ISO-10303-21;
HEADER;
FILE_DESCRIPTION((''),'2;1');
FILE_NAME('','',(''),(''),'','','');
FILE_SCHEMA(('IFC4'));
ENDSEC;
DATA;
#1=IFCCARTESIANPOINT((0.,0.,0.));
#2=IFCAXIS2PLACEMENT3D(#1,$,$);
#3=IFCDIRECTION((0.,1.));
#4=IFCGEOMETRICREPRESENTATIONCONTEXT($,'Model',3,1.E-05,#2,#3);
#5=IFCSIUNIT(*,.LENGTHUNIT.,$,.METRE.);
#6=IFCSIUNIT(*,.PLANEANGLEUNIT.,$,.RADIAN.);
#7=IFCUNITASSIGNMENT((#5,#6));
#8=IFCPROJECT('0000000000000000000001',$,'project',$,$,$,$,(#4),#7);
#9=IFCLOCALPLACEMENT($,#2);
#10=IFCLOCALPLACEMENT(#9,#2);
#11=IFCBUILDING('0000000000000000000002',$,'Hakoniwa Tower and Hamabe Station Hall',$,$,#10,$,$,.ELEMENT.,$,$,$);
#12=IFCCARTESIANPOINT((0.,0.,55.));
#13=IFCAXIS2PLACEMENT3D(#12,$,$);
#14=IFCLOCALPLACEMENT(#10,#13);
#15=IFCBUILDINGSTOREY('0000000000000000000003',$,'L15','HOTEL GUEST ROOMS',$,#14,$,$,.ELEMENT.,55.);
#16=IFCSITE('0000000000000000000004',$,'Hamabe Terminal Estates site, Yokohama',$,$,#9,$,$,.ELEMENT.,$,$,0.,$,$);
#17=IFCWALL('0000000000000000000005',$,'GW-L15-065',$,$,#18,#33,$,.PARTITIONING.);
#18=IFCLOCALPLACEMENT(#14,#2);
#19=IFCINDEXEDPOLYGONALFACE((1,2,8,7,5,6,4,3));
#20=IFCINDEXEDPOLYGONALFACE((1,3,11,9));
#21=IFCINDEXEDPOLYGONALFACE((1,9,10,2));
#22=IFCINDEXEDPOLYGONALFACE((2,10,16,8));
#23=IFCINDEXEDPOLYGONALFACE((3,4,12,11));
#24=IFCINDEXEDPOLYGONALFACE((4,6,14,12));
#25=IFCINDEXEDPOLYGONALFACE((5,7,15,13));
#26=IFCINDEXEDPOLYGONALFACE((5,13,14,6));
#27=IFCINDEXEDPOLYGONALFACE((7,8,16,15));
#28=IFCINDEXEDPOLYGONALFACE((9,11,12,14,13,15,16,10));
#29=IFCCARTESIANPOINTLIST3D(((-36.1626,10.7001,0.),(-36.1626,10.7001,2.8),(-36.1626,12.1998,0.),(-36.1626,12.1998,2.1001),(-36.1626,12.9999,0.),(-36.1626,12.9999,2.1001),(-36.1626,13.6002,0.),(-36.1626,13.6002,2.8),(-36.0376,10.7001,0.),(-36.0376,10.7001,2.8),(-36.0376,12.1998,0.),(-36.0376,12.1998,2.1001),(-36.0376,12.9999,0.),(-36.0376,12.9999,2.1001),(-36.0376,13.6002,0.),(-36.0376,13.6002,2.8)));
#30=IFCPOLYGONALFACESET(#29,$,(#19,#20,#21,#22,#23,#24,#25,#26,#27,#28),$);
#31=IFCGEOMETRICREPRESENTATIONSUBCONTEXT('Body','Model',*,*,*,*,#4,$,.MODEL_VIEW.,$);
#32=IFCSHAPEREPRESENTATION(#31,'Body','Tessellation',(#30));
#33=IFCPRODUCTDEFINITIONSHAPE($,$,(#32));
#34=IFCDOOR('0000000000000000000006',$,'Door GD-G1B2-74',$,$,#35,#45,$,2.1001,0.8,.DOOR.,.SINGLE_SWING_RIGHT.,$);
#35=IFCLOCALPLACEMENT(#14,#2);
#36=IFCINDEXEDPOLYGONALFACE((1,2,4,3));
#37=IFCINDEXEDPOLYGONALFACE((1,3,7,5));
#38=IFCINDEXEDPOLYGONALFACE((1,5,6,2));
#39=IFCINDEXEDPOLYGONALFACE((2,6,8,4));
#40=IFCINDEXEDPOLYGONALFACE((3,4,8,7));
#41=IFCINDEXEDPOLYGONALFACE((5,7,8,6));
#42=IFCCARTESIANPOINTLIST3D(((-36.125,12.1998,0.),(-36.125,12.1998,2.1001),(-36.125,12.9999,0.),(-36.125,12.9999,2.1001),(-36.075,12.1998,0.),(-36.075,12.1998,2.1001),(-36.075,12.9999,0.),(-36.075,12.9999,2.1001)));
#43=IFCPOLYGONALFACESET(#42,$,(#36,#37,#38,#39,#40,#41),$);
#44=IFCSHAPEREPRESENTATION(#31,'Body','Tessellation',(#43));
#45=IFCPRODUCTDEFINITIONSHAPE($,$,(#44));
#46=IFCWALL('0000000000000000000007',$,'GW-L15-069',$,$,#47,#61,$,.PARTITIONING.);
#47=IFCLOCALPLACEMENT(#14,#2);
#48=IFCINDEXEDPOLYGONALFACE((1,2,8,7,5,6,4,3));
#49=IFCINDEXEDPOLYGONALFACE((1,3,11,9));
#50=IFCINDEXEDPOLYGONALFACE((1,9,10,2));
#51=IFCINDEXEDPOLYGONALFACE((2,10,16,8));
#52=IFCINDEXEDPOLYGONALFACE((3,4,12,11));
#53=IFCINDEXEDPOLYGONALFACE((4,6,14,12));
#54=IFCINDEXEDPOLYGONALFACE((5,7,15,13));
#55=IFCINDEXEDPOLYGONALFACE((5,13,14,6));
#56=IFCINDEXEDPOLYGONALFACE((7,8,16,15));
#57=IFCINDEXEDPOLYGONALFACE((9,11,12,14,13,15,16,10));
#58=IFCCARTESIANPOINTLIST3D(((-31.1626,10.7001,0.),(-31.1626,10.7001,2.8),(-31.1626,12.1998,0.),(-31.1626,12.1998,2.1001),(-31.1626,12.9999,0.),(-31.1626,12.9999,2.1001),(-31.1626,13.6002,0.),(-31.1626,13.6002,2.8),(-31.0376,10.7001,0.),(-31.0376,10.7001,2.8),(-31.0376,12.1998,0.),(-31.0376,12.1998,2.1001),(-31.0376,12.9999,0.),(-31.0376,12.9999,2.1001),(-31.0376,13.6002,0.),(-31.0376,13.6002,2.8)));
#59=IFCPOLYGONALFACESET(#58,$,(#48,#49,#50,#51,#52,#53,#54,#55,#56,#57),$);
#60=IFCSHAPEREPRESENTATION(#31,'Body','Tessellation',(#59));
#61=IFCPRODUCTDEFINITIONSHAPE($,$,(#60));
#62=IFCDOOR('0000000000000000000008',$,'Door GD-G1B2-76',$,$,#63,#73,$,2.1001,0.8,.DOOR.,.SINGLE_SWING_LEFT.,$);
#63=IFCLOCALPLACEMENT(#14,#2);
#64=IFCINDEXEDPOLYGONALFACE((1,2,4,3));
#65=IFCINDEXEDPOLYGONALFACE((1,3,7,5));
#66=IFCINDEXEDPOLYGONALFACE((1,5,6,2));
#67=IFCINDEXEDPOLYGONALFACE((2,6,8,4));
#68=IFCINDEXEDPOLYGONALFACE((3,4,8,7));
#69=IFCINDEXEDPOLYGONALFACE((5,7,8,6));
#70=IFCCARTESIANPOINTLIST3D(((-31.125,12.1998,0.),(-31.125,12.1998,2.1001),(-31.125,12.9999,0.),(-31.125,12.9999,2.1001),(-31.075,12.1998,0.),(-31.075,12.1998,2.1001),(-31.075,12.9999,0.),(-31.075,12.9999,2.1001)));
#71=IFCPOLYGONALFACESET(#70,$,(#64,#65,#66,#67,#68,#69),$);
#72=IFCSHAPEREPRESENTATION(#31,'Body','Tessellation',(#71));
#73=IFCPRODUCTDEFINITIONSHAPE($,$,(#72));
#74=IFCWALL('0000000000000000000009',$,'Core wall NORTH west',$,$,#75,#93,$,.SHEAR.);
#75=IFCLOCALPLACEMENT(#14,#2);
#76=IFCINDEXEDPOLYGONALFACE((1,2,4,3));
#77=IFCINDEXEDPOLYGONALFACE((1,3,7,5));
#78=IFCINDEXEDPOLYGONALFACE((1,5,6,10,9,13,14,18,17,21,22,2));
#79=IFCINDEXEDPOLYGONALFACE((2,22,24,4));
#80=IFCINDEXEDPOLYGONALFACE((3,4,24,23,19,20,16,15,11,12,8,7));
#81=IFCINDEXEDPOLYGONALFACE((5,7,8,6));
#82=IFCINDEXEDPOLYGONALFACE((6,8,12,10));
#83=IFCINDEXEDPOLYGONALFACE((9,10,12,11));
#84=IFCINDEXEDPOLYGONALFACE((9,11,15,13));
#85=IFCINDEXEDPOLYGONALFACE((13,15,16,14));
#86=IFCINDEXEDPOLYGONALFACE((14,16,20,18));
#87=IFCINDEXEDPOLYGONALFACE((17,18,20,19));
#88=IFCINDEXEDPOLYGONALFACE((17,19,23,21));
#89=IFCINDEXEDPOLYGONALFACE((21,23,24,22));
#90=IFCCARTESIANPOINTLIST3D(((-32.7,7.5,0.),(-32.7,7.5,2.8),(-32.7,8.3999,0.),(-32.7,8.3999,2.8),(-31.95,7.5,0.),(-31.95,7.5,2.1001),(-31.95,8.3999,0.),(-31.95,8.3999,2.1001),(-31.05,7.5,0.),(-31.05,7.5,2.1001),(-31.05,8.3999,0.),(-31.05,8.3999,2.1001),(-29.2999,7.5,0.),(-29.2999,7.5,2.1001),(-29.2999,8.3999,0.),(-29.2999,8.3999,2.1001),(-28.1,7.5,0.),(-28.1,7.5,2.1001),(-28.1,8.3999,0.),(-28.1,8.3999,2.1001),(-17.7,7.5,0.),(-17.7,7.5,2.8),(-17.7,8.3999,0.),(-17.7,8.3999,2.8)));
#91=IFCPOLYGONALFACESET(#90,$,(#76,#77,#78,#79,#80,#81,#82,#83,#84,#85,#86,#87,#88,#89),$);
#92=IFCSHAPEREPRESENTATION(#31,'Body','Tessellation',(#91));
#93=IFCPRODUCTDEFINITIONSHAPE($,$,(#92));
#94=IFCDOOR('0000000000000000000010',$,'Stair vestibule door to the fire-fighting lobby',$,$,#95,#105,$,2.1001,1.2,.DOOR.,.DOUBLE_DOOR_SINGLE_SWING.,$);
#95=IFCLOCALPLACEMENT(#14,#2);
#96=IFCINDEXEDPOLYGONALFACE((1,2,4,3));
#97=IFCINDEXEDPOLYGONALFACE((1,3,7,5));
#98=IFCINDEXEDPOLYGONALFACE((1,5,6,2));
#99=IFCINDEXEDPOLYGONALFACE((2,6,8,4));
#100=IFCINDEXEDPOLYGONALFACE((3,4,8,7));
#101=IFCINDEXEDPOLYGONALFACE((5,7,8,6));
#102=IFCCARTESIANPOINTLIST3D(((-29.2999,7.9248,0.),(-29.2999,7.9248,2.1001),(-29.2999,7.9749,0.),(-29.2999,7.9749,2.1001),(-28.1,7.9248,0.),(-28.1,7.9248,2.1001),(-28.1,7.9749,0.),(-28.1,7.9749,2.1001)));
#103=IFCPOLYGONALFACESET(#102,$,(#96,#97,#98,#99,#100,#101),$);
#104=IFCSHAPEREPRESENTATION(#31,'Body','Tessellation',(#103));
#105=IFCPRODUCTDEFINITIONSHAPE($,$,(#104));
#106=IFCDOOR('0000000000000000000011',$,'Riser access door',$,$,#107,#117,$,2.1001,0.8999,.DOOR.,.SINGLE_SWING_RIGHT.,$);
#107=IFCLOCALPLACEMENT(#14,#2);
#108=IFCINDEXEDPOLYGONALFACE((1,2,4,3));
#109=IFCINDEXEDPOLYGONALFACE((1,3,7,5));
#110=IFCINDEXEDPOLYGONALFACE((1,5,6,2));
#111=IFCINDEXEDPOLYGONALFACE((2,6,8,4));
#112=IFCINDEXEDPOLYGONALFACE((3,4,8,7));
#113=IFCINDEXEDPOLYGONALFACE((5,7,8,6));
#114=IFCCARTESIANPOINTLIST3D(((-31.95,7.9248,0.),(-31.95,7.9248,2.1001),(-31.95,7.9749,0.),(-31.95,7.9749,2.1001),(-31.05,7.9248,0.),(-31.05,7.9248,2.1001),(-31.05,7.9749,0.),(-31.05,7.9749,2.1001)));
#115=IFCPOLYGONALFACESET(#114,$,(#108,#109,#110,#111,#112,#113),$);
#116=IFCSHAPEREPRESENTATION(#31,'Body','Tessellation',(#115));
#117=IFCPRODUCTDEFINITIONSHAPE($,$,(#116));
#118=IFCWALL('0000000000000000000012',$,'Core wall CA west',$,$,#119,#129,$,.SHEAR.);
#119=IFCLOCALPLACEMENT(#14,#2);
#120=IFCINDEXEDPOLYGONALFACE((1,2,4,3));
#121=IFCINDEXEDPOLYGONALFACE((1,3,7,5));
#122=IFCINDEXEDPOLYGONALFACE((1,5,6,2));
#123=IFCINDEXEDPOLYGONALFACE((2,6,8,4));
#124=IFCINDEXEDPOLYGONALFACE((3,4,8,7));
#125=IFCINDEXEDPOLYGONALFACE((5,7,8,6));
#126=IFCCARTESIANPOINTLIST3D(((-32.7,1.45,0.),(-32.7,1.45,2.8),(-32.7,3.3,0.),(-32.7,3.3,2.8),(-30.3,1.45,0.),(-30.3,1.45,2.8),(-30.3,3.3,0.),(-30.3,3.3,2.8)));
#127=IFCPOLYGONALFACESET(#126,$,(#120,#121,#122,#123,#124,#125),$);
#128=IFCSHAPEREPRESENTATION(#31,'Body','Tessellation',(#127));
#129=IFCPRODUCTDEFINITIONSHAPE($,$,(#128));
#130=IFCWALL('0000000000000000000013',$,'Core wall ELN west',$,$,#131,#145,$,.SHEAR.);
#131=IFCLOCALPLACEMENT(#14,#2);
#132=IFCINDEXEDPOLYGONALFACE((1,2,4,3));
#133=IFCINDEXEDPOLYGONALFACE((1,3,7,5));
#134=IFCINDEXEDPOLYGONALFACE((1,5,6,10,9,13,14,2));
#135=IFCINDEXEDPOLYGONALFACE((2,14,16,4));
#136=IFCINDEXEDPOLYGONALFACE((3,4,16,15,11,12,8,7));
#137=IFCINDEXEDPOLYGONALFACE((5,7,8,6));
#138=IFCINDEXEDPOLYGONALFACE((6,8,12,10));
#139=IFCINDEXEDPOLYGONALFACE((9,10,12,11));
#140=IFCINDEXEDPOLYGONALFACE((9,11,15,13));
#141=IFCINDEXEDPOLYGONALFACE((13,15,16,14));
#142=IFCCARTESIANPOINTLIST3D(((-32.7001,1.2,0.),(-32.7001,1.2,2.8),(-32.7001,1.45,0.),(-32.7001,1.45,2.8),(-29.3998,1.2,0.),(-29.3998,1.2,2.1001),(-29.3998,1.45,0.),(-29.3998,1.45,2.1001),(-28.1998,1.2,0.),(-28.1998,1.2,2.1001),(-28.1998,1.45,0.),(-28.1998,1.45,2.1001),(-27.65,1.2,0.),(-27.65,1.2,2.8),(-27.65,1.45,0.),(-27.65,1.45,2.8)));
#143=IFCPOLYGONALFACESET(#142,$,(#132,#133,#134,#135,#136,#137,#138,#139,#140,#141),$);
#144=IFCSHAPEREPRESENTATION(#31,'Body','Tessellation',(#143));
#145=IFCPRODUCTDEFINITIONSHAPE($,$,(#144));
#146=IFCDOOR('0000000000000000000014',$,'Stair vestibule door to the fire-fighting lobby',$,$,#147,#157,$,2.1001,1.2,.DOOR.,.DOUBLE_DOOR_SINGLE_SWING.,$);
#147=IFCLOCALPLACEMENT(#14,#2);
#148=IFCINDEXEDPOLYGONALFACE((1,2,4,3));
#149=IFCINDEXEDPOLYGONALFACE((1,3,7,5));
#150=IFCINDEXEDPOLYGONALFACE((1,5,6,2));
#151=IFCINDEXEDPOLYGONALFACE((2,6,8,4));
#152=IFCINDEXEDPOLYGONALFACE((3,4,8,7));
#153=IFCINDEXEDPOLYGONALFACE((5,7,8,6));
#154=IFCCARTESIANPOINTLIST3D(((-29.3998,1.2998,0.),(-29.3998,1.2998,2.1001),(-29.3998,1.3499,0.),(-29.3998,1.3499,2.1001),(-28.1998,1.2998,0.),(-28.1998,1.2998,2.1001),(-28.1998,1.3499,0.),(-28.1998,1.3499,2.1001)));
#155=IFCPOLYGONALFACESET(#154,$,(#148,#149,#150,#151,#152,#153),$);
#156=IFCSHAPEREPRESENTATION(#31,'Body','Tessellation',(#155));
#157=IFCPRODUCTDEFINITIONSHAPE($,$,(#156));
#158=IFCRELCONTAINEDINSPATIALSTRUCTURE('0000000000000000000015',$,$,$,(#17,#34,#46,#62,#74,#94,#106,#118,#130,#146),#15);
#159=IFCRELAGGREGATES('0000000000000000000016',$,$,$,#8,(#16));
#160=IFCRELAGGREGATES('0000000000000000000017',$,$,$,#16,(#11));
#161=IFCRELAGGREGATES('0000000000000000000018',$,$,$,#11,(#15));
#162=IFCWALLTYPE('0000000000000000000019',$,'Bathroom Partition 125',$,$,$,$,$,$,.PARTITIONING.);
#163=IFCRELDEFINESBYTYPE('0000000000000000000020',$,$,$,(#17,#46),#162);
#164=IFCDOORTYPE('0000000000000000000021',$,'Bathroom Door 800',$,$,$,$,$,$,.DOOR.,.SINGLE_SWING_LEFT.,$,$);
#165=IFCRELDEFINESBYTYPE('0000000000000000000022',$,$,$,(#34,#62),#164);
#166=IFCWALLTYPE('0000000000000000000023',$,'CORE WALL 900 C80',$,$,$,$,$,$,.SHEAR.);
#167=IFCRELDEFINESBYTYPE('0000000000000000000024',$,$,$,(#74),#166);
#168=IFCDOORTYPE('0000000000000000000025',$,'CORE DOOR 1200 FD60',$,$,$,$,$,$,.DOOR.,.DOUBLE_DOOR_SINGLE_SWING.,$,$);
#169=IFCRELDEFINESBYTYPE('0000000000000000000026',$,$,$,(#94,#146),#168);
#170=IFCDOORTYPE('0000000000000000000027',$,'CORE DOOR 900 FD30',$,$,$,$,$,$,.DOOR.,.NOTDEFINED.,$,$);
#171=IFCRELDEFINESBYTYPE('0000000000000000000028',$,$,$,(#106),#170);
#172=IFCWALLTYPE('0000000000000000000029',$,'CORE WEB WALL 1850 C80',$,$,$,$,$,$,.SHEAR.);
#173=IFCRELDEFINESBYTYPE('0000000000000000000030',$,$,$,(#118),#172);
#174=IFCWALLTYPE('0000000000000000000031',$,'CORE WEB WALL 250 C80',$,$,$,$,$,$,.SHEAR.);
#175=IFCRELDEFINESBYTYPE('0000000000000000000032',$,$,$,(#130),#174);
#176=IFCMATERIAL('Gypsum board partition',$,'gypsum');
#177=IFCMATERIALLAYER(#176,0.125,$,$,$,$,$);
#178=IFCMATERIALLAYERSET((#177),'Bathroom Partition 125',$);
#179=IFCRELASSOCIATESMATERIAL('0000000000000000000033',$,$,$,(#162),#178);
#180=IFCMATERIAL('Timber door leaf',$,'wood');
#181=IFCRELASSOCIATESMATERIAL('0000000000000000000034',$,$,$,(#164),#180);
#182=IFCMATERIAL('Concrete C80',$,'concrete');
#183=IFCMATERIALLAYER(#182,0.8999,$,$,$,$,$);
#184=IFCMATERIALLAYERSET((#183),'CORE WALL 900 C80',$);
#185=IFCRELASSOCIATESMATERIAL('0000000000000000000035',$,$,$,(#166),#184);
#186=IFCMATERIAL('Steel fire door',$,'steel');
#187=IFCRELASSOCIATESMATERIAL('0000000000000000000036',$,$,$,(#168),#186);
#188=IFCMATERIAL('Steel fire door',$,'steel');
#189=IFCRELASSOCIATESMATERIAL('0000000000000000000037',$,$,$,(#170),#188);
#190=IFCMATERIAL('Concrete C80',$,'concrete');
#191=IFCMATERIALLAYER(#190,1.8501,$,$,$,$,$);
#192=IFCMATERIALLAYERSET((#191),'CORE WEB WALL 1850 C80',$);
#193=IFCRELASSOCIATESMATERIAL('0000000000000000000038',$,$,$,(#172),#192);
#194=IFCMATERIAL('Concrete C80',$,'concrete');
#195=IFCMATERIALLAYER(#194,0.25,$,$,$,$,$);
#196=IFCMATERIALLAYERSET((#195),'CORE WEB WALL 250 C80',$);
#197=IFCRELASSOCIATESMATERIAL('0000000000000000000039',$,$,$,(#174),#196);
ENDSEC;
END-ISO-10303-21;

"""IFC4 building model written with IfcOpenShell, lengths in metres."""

from ifc_helpers import new_model, si_unit, direction, frame, frame_2d, origin, place, context, subcontext, project, spatial, rectangle, extrude, material, layer, layer_set, type_object, element, fill, save


model = new_model("IFC4")

# Units and contexts
model_context = context("Model", 3, precision=1e-05, world=origin(), true_north=direction((0.0, 1.0)))
body_context = subcontext(model_context, "Body", "Model", "MODEL_VIEW")
ifc_project = project(units=[si_unit("LENGTHUNIT", "METRE"), si_unit("PLANEANGLEUNIT", "RADIAN")], contexts=[model_context])

# Site, building, storey
site_placement = place(None, origin())
site = spatial("IfcSite", under=ifc_project, at=site_placement, Name="Hamabe Terminal Estates site, Yokohama", CompositionType="ELEMENT", RefElevation=0.0)
building_placement = place(site_placement, origin())
building = spatial("IfcBuilding", under=site, at=building_placement, Name="Hakoniwa Tower and Hamabe Station Hall", CompositionType="ELEMENT")
storey_placement = place(building_placement, frame((0.0, 0.0, 55.0)))
storey = spatial("IfcBuildingStorey", under=building, at=storey_placement, Name="L15", Description="HOTEL GUEST ROOMS", CompositionType="ELEMENT", Elevation=55.0)

# Shared definitions
ifc_material_1 = material(Name="Gypsum board partition", Category="gypsum")
ifc_layer_1 = layer(ifc_material_1, 0.125)
ifc_layer_set_1 = layer_set([ifc_layer_1], Name="Bathroom Partition 125")
wall_type_1 = type_object("IfcWallType", Name="Bathroom Partition 125", PredefinedType="PARTITIONING", material=ifc_layer_set_1)

# Shared definitions
ifc_material_2 = material(Name="Timber door leaf", Category="wood")
door_type_1 = type_object("IfcDoorType", Name="Bathroom Door 800", OperationType="SINGLE_SWING_LEFT", PredefinedType="DOOR", material=ifc_material_2)

# Walls, openings, doors
wall_1_placement = place(storey_placement, frame((-36.1001, 10.7, 0.0), z_axis=(0.0, 0.0, 1.0), x_axis=(0.0, 1.0, 0.0)))
wall_1 = element("IfcWall", 1, at=wall_1_placement, inside=storey, type_object=wall_type_1, Name="GW-L15-065", PredefinedType="PARTITIONING", context=body_context, shape_type="SweptSolid", body=[
    extrude(rectangle(XDim=2.9001, YDim=0.125, at=frame_2d((1.4502, 0.0))), origin(), (0.0, 0.0, 1.0), 2.8),
])
opening_1_placement = place(wall_1_placement, frame((1.5, 0.0, 0.0)))
opening_1 = element("IfcOpeningElement", 2, at=opening_1_placement, cuts=wall_1, PredefinedType="OPENING", context=body_context, shape_type="SweptSolid", body=[
    extrude(rectangle(XDim=0.8, YDim=2.1001, at=frame_2d((0.3999, 1.05))), frame((0.0, 0.0725, 0.0), z_axis=(0.0, -1.0, 0.0), x_axis=(1.0, 0.0, 0.0)), (0.0, 0.0, 1.0), 0.145),
])
door_1_placement = place(opening_1_placement, origin())
door_1 = element("IfcDoor", 3, at=door_1_placement, inside=storey, type_object=door_type_1, Name="Door GD-G1B2-74", OperationType="SINGLE_SWING_RIGHT", OverallHeight=2.1001, OverallWidth=0.8, PredefinedType="DOOR", context=body_context, shape_type="SweptSolid", body=[
    extrude(rectangle(XDim=0.8, YDim=2.1001, at=frame_2d((0.3999, 1.05))), frame((0.0, 0.0249, 0.0), z_axis=(0.0, -1.0, 0.0), x_axis=(1.0, 0.0, 0.0)), (0.0, 0.0, 1.0), 0.05),
])
fill(opening_1, door_1)
wall_2_placement = place(storey_placement, frame((-31.1001, 10.7, 0.0), z_axis=(0.0, 0.0, 1.0), x_axis=(0.0, 1.0, 0.0)))
wall_2 = element("IfcWall", 4, at=wall_2_placement, inside=storey, type_object=wall_type_1, Name="GW-L15-069", PredefinedType="PARTITIONING", context=body_context, shape_type="SweptSolid", body=[
    extrude(rectangle(XDim=2.9001, YDim=0.125, at=frame_2d((1.4502, 0.0))), origin(), (0.0, 0.0, 1.0), 2.8),
])
opening_2_placement = place(wall_2_placement, frame((1.5, 0.0, 0.0)))
opening_2 = element("IfcOpeningElement", 5, at=opening_2_placement, cuts=wall_2, PredefinedType="OPENING", context=body_context, shape_type="SweptSolid", body=[
    extrude(rectangle(XDim=0.8, YDim=2.1001, at=frame_2d((0.3999, 1.05))), frame((0.0, 0.0725, 0.0), z_axis=(0.0, -1.0, 0.0), x_axis=(1.0, 0.0, 0.0)), (0.0, 0.0, 1.0), 0.145),
])
door_2_placement = place(opening_2_placement, origin())
door_2 = element("IfcDoor", 6, at=door_2_placement, inside=storey, type_object=door_type_1, Name="Door GD-G1B2-76", OperationType="SINGLE_SWING_LEFT", OverallHeight=2.1001, OverallWidth=0.8, PredefinedType="DOOR", context=body_context, shape_type="SweptSolid", body=[
    extrude(rectangle(XDim=0.8, YDim=2.1001, at=frame_2d((0.3999, 1.05))), frame((0.0, 0.0249, 0.0), z_axis=(0.0, -1.0, 0.0), x_axis=(1.0, 0.0, 0.0)), (0.0, 0.0, 1.0), 0.05),
])
fill(opening_2, door_2)

# Wall, openings, doors
ifc_material_3 = material(Name="Concrete C80", Category="concrete")
ifc_layer_2 = layer(ifc_material_3, 0.8999)
ifc_layer_set_2 = layer_set([ifc_layer_2], Name="CORE WALL 900 C80")
wall_type_2 = type_object("IfcWallType", Name="CORE WALL 900 C80", PredefinedType="SHEAR", material=ifc_layer_set_2)
wall_3_placement = place(storey_placement, frame((-32.7, 7.95, 0.0), z_axis=(0.0, 0.0, 1.0), x_axis=(1.0, 0.0, 0.0)))
wall_3 = element("IfcWall", 7, at=wall_3_placement, inside=storey, type_object=wall_type_2, Name="Core wall NORTH west", PredefinedType="SHEAR", context=body_context, shape_type="SweptSolid", body=[
    extrude(rectangle(XDim=15.0, YDim=0.8999, at=frame_2d((7.5, 0.0))), origin(), (0.0, 0.0, 1.0), 2.8),
])
opening_3_placement = place(wall_3_placement, frame((3.3999, 0.0, 0.0)))
opening_3 = element("IfcOpeningElement", 8, at=opening_3_placement, cuts=wall_3, PredefinedType="OPENING", context=body_context, shape_type="SweptSolid", body=[
    extrude(rectangle(XDim=1.2, YDim=2.1001, at=frame_2d((0.6001, 1.05))), frame((0.0, 0.46, 0.0), z_axis=(0.0, -1.0, 0.0), x_axis=(1.0, 0.0, 0.0)), (0.0, 0.0, 1.0), 0.9199),
])
opening_4_placement = place(wall_3_placement, frame((0.75, 0.0, 0.0)))
opening_4 = element("IfcOpeningElement", 9, at=opening_4_placement, cuts=wall_3, PredefinedType="OPENING", context=body_context, shape_type="SweptSolid", body=[
    extrude(rectangle(XDim=0.8999, YDim=2.1001, at=frame_2d((0.45, 1.05))), frame((0.0, 0.46, 0.0), z_axis=(0.0, -1.0, 0.0), x_axis=(1.0, 0.0, 0.0)), (0.0, 0.0, 1.0), 0.9199),
])
ifc_material_4 = material(Name="Steel fire door", Category="steel")
door_type_2 = type_object("IfcDoorType", Name="CORE DOOR 1200 FD60", OperationType="DOUBLE_DOOR_SINGLE_SWING", PredefinedType="DOOR", material=ifc_material_4)
door_3_placement = place(opening_3_placement, origin())
door_3 = element("IfcDoor", 10, at=door_3_placement, inside=storey, type_object=door_type_2, Name="Stair vestibule door to the fire-fighting lobby", OperationType="DOUBLE_DOOR_SINGLE_SWING", OverallHeight=2.1001, OverallWidth=1.2, PredefinedType="DOOR", context=body_context, shape_type="SweptSolid", body=[
    extrude(rectangle(XDim=1.2, YDim=2.1001, at=frame_2d((0.6001, 1.05))), frame((0.0, 0.0249, 0.0), z_axis=(0.0, -1.0, 0.0), x_axis=(1.0, 0.0, 0.0)), (0.0, 0.0, 1.0), 0.05),
])
fill(opening_3, door_3)
ifc_material_5 = material(Name="Steel fire door", Category="steel")
door_type_3 = type_object("IfcDoorType", Name="CORE DOOR 900 FD30", OperationType="NOTDEFINED", PredefinedType="DOOR", material=ifc_material_5)
door_4_placement = place(opening_4_placement, origin())
door_4 = element("IfcDoor", 11, at=door_4_placement, inside=storey, type_object=door_type_3, Name="Riser access door", OperationType="SINGLE_SWING_RIGHT", OverallHeight=2.1001, OverallWidth=0.8999, PredefinedType="DOOR", context=body_context, shape_type="SweptSolid", body=[
    extrude(rectangle(XDim=0.8999, YDim=2.1001, at=frame_2d((0.45, 1.05))), frame((0.0, 0.0249, 0.0), z_axis=(0.0, -1.0, 0.0), x_axis=(1.0, 0.0, 0.0)), (0.0, 0.0, 1.0), 0.05),
])
fill(opening_4, door_4)

# Wall
ifc_material_6 = material(Name="Concrete C80", Category="concrete")
ifc_layer_3 = layer(ifc_material_6, 1.8501)
ifc_layer_set_3 = layer_set([ifc_layer_3], Name="CORE WEB WALL 1850 C80")
wall_type_3 = type_object("IfcWallType", Name="CORE WEB WALL 1850 C80", PredefinedType="SHEAR", material=ifc_layer_set_3)
wall_4_placement = place(storey_placement, frame((-32.7, 2.375, 0.0), z_axis=(0.0, 0.0, 1.0), x_axis=(1.0, 0.0, 0.0)))
element("IfcWall", 12, at=wall_4_placement, inside=storey, type_object=wall_type_3, Name="Core wall CA west", PredefinedType="SHEAR", context=body_context, shape_type="SweptSolid", body=[
    extrude(rectangle(XDim=2.3999, YDim=1.8501, at=frame_2d((1.2, 0.0))), origin(), (0.0, 0.0, 1.0), 2.8),
])

# Wall, opening, door
ifc_material_7 = material(Name="Concrete C80", Category="concrete")
ifc_layer_4 = layer(ifc_material_7, 0.25)
ifc_layer_set_4 = layer_set([ifc_layer_4], Name="CORE WEB WALL 250 C80")
wall_type_4 = type_object("IfcWallType", Name="CORE WEB WALL 250 C80", PredefinedType="SHEAR", material=ifc_layer_set_4)
wall_5_placement = place(storey_placement, frame((-32.7, 1.325, 0.0), z_axis=(0.0, 0.0, 1.0), x_axis=(1.0, 0.0, 0.0)))
wall_5 = element("IfcWall", 13, at=wall_5_placement, inside=storey, type_object=wall_type_4, Name="Core wall ELN west", PredefinedType="SHEAR", context=body_context, shape_type="SweptSolid", body=[
    extrude(rectangle(XDim=5.05, YDim=0.25, at=frame_2d((2.5249, 0.0))), origin(), (0.0, 0.0, 1.0), 2.8),
])
opening_5_placement = place(wall_5_placement, frame((3.3, 0.0, 0.0)))
opening_5 = element("IfcOpeningElement", 14, at=opening_5_placement, cuts=wall_5, PredefinedType="OPENING", context=body_context, shape_type="SweptSolid", body=[
    extrude(rectangle(XDim=1.2, YDim=2.1001, at=frame_2d((0.6001, 1.05))), frame((0.0, 0.135, 0.0), z_axis=(0.0, -1.0, 0.0), x_axis=(1.0, 0.0, 0.0)), (0.0, 0.0, 1.0), 0.27),
])
door_5_placement = place(opening_5_placement, origin())
door_5 = element("IfcDoor", 15, at=door_5_placement, inside=storey, type_object=door_type_2, Name="Stair vestibule door to the fire-fighting lobby", OperationType="DOUBLE_DOOR_SINGLE_SWING", OverallHeight=2.1001, OverallWidth=1.2, PredefinedType="DOOR", context=body_context, shape_type="SweptSolid", body=[
    extrude(rectangle(XDim=1.2, YDim=2.1001, at=frame_2d((0.6001, 1.05))), frame((0.0, 0.0249, 0.0), z_axis=(0.0, -1.0, 0.0), x_axis=(1.0, 0.0, 0.0)), (0.0, 0.0, 1.0), 0.05),
])
fill(opening_5, door_5)

save(model, "model.ifc")
